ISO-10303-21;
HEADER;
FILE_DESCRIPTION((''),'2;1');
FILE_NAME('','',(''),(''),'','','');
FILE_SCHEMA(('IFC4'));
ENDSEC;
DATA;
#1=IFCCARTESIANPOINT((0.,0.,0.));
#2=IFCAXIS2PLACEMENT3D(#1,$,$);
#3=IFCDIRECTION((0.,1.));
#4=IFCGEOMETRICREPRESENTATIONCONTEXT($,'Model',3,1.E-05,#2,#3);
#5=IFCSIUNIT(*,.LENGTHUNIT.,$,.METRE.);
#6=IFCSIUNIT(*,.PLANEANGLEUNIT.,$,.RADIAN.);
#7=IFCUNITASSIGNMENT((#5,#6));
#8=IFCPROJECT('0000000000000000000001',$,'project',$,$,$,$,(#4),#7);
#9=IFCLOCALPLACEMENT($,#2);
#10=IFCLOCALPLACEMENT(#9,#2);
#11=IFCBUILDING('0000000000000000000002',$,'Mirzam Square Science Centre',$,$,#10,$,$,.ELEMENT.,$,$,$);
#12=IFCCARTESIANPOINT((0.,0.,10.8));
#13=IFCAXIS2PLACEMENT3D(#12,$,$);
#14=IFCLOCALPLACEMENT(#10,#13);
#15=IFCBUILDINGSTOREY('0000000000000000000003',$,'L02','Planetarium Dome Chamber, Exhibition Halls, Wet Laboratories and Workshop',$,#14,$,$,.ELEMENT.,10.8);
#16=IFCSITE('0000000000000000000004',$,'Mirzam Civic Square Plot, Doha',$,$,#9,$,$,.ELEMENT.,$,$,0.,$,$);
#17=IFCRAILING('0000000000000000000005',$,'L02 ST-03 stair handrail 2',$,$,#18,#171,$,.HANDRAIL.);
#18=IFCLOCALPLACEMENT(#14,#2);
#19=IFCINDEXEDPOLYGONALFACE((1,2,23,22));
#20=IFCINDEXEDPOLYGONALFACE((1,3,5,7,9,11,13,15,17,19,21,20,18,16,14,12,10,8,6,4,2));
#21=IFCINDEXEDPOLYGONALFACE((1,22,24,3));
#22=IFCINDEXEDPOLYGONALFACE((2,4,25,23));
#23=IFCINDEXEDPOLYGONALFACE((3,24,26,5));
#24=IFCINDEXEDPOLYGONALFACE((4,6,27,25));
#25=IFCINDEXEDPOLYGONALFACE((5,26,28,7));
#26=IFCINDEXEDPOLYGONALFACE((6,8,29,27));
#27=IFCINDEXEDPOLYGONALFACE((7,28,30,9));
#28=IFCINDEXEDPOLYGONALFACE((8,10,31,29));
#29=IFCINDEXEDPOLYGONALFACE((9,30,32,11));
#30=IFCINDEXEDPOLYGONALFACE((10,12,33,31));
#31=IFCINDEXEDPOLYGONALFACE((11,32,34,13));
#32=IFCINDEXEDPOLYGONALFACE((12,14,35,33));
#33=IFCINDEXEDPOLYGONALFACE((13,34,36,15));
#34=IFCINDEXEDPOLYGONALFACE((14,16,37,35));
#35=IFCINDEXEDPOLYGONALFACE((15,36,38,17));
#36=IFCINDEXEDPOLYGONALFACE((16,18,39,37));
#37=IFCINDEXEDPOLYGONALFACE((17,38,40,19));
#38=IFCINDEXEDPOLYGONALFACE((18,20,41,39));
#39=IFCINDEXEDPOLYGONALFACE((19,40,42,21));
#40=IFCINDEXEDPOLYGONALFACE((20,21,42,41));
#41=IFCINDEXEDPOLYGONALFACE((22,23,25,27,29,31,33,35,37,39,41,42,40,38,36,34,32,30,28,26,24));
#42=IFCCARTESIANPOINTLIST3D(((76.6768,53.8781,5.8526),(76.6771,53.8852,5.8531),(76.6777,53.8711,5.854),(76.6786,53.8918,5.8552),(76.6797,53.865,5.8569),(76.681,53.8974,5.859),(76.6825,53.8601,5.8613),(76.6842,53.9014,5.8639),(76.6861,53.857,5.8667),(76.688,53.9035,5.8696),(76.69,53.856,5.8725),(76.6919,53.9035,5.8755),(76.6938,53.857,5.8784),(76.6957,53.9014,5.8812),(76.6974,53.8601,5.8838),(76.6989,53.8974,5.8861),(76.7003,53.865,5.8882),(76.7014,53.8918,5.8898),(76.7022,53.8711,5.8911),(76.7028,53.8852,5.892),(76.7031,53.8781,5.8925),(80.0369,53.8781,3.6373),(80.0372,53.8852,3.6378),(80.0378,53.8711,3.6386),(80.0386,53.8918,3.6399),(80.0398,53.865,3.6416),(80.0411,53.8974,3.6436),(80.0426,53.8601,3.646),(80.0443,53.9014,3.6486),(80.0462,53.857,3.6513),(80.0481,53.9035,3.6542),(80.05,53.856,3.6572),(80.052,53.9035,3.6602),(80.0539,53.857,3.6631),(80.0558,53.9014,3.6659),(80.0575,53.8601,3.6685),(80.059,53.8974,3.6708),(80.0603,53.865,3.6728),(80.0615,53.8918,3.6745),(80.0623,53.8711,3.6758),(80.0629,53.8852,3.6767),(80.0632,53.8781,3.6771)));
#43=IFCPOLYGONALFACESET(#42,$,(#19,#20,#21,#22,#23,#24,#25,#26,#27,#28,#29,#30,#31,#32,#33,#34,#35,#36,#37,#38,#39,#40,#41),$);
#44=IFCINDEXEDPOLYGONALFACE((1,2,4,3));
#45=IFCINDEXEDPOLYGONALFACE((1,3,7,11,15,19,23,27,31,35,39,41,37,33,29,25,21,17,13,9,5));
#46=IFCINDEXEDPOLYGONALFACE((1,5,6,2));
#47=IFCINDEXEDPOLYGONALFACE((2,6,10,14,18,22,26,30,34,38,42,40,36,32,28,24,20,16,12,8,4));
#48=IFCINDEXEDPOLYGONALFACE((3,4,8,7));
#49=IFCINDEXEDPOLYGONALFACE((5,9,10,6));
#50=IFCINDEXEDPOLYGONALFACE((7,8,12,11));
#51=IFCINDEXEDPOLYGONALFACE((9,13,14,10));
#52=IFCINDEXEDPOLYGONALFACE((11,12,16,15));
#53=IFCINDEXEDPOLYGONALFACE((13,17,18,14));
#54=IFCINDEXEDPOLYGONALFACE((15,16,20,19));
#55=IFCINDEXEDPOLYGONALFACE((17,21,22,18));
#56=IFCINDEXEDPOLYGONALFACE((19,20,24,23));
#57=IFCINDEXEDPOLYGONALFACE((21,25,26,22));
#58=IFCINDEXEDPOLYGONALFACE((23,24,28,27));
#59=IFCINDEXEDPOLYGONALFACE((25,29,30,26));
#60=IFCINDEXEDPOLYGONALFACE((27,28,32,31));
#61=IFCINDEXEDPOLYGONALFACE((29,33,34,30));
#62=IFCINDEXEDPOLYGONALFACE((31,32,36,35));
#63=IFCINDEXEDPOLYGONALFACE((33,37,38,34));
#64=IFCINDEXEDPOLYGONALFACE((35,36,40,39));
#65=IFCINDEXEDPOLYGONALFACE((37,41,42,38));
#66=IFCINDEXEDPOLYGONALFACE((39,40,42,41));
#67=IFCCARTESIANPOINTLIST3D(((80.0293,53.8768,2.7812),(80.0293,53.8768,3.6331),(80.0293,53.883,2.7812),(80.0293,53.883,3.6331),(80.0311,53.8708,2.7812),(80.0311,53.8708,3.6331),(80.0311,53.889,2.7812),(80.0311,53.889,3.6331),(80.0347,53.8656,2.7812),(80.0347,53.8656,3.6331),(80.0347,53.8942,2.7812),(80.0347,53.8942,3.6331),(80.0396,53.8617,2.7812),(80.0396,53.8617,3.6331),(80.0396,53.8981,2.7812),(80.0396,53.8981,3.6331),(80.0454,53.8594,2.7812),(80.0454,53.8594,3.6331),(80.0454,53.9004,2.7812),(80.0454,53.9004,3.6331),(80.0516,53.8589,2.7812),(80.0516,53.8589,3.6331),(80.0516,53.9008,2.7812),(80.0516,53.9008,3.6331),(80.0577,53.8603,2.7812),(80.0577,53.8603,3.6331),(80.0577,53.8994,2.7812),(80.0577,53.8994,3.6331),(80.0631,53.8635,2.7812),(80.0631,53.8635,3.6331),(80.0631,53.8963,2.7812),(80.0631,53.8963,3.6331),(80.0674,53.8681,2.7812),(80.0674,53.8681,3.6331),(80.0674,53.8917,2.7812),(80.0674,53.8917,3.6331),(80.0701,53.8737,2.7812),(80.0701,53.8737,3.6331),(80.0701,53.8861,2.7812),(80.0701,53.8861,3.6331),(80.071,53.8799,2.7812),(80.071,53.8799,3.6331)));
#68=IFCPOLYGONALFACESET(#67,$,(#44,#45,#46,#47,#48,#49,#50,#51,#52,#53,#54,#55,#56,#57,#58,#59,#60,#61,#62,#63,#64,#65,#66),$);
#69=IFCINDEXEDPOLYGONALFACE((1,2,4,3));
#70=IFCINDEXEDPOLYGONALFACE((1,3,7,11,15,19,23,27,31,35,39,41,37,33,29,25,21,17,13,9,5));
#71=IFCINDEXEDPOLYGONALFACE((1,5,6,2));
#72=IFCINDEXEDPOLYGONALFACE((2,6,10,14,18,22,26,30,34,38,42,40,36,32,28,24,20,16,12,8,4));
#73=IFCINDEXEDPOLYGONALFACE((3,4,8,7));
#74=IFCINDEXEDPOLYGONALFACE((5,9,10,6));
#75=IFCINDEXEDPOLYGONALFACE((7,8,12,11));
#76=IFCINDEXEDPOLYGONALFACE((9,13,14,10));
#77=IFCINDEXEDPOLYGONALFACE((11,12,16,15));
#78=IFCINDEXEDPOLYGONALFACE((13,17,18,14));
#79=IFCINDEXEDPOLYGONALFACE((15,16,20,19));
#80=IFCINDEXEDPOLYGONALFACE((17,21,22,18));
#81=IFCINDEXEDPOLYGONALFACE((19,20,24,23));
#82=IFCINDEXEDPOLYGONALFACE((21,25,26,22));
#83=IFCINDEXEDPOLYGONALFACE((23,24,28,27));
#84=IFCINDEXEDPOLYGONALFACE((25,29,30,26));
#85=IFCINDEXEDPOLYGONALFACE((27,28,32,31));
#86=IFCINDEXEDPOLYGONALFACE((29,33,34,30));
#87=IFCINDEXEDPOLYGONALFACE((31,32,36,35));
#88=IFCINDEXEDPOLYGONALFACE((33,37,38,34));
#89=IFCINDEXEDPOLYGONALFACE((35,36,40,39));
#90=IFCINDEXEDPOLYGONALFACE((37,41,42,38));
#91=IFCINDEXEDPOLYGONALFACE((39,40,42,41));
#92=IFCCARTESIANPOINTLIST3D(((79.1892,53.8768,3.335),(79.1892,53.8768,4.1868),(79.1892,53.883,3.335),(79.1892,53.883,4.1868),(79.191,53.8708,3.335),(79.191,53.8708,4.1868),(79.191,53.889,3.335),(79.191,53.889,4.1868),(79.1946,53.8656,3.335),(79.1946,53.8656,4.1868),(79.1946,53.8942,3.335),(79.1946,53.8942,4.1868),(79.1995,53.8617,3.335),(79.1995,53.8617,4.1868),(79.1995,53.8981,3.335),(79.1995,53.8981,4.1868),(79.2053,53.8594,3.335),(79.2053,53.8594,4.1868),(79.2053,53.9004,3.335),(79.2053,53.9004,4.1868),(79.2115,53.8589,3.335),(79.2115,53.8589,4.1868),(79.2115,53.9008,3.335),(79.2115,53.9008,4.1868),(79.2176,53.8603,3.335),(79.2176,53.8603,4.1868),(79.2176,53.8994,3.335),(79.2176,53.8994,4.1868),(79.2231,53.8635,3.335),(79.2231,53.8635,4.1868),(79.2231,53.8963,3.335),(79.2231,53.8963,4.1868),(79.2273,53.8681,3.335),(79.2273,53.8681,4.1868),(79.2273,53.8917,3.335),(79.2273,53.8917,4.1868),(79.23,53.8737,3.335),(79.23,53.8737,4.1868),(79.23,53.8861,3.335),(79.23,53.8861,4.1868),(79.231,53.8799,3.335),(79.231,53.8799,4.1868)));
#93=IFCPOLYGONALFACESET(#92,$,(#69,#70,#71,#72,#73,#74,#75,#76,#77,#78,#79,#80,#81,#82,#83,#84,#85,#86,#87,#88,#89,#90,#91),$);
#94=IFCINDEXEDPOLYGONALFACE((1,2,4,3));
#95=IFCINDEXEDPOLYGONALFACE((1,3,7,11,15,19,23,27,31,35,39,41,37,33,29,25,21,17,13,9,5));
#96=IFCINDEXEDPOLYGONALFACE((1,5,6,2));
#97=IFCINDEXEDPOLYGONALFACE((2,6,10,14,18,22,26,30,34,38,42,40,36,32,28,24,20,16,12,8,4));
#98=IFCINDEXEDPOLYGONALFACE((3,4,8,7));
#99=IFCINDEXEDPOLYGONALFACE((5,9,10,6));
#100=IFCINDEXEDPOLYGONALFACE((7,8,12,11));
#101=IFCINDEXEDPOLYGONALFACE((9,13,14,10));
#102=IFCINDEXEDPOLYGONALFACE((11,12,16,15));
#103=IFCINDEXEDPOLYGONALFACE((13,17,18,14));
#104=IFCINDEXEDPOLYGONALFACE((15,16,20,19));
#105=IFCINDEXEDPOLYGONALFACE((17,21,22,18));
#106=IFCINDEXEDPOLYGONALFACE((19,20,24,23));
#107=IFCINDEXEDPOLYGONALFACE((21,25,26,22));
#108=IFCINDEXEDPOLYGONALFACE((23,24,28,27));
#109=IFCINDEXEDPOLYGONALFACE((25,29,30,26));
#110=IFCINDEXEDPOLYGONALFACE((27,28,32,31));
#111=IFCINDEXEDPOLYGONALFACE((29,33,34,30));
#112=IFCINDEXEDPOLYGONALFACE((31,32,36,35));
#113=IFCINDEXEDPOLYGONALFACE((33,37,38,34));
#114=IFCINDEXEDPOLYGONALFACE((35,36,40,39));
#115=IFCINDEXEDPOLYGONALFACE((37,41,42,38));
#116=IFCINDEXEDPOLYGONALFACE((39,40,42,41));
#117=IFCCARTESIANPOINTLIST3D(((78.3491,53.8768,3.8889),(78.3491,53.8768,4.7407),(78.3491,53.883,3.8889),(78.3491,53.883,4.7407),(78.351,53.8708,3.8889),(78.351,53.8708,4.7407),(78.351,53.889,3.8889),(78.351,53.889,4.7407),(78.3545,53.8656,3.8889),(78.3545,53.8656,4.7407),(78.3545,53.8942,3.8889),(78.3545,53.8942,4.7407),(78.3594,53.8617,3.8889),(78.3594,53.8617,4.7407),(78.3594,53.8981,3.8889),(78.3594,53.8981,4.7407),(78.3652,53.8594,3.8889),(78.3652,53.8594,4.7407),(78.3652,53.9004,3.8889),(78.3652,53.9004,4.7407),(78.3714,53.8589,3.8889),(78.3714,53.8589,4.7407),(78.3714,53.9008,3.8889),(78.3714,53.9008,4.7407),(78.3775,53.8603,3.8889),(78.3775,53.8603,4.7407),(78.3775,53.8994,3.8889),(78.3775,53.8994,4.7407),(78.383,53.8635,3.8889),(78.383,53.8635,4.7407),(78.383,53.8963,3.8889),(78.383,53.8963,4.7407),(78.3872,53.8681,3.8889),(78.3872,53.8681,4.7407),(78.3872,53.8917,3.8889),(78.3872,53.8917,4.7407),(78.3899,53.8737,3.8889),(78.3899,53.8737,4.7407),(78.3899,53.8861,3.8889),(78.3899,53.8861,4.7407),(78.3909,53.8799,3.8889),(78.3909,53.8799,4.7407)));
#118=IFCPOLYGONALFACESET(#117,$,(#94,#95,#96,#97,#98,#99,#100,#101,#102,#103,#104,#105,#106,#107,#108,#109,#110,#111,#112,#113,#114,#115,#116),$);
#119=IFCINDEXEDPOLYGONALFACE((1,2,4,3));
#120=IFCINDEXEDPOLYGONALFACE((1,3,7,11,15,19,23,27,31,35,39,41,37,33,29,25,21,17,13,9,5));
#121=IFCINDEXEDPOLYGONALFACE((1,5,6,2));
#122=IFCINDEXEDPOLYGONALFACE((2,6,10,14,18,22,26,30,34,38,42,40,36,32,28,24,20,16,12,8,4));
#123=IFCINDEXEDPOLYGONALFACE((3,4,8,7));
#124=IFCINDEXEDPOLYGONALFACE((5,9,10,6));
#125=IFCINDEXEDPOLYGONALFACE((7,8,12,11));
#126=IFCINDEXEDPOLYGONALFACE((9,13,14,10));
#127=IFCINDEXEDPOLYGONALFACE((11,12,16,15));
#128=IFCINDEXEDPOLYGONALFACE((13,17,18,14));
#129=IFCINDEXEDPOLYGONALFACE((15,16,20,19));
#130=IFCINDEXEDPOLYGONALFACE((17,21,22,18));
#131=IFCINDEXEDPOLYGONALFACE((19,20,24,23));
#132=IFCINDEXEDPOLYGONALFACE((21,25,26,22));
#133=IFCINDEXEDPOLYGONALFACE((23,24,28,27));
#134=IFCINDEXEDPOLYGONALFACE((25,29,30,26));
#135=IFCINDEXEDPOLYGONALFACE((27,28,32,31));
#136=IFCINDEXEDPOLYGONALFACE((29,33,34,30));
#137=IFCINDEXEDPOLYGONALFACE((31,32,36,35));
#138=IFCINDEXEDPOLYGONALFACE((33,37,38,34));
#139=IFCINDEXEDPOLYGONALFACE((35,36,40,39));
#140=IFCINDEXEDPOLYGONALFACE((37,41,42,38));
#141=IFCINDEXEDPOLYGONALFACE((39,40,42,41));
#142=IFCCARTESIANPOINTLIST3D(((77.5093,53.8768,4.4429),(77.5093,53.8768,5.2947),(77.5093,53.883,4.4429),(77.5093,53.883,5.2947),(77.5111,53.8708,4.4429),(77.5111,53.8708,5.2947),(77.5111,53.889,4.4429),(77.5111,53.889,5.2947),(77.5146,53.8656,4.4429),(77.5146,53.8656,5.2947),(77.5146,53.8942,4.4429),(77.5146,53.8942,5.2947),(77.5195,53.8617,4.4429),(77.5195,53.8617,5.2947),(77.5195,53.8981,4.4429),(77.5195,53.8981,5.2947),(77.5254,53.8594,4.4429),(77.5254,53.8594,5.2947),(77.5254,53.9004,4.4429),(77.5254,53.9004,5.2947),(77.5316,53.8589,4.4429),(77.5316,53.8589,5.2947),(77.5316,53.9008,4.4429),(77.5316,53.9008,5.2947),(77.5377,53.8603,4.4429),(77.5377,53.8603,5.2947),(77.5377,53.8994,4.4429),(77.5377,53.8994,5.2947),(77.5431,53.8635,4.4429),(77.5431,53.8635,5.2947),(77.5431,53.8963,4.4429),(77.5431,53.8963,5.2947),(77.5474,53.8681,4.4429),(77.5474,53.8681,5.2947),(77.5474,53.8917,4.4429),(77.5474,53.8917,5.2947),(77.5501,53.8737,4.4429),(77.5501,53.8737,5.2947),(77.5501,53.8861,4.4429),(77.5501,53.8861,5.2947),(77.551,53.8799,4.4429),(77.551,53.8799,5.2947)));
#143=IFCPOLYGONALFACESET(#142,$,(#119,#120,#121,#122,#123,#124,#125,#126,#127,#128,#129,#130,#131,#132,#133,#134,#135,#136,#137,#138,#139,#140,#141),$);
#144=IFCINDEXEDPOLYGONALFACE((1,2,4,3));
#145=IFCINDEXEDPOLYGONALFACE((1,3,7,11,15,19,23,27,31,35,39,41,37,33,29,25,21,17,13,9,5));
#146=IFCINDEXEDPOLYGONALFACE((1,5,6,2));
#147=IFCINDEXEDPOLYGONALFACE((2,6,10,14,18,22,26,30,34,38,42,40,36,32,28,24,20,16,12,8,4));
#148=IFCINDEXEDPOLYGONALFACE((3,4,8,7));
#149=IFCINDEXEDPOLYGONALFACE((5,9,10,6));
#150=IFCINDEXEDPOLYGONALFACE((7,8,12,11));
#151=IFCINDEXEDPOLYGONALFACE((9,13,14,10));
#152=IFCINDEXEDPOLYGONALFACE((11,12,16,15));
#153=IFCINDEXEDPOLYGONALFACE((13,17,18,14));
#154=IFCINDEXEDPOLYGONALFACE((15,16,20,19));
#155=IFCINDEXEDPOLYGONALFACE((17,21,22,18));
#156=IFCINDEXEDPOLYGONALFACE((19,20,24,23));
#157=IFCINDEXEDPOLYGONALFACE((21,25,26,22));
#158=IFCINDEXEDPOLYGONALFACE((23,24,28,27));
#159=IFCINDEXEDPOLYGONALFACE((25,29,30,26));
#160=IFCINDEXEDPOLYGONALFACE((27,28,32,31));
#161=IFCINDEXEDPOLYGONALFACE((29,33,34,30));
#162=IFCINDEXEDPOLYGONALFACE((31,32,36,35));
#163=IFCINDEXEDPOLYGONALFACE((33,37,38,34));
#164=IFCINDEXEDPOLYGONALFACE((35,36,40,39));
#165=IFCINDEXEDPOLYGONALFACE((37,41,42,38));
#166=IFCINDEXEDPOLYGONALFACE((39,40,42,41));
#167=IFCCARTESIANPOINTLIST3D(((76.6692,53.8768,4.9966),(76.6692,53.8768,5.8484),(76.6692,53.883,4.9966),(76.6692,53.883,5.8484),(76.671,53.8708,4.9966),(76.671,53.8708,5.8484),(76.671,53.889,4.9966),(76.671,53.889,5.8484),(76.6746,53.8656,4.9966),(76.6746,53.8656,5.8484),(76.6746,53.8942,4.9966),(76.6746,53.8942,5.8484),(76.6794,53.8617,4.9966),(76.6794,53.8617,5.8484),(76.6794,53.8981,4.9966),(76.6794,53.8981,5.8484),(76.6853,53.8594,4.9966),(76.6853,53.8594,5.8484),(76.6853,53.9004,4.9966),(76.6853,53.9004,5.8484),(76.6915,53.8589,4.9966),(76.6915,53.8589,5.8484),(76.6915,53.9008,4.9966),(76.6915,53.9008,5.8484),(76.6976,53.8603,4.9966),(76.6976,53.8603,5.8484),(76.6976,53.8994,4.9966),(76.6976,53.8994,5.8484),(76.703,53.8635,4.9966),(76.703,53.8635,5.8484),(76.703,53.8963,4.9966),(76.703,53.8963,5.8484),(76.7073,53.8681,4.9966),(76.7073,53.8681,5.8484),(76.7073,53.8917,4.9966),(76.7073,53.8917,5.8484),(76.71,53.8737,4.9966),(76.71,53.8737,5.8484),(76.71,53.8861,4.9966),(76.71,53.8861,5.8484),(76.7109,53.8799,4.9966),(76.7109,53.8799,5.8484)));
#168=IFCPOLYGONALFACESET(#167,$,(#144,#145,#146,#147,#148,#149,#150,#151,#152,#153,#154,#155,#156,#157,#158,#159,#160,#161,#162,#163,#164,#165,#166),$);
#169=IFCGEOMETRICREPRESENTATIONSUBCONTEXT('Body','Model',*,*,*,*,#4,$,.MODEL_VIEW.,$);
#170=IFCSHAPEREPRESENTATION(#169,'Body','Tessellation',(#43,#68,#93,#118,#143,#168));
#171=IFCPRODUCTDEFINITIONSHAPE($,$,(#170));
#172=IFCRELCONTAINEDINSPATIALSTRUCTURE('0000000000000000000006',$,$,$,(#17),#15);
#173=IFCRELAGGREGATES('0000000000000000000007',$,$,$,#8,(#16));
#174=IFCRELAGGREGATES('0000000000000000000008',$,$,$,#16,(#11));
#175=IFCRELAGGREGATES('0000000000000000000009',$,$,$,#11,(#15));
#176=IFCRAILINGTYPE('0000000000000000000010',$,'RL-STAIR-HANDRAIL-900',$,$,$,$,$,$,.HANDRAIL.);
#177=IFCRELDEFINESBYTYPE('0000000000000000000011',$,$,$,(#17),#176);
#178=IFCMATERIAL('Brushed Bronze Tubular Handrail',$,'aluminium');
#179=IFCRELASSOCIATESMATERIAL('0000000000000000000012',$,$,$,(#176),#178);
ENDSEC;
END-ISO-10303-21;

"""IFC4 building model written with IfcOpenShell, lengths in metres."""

from ifc_helpers import new_model, si_unit, direction, frame, origin, origin_2d, place, context, subcontext, project, spatial, circle, extrude, material, type_object, element, save


model = new_model("IFC4")

# Units and contexts
model_context = context("Model", 3, precision=1e-05, world=origin(), true_north=direction((0.0, 1.0)))
body_context = subcontext(model_context, "Body", "Model", "MODEL_VIEW")
ifc_project = project(units=[si_unit("LENGTHUNIT", "METRE"), si_unit("PLANEANGLEUNIT", "RADIAN")], contexts=[model_context])

# Site, building, storey
site_placement = place(None, origin())
site = spatial("IfcSite", under=ifc_project, at=site_placement, Name="Mirzam Civic Square Plot, Doha", CompositionType="ELEMENT", RefElevation=0.0)
building_placement = place(site_placement, origin())
building = spatial("IfcBuilding", under=site, at=building_placement, Name="Mirzam Square Science Centre", CompositionType="ELEMENT")
storey_placement = place(building_placement, frame((0.0, 0.0, 10.8)))
storey = spatial("IfcBuildingStorey", under=building, at=storey_placement, Name="L02", Description="Planetarium Dome Chamber, Exhibition Halls, Wet Laboratories and Workshop", CompositionType="ELEMENT", Elevation=10.8)

# Railing
ifc_material_1 = material(Name="Brushed Bronze Tubular Handrail", Category="aluminium")
railing_type_1 = type_object("IfcRailingType", Name="RL-STAIR-HANDRAIL-900", PredefinedType="HANDRAIL", material=ifc_material_1)
railing_1_placement = place(storey_placement, frame((80.05, 53.8799, 2.7812)))
element("IfcRailing", 1, at=railing_1_placement, inside=storey, type_object=railing_type_1, Name="L02 ST-03 stair handrail 2", PredefinedType="HANDRAIL", context=body_context, shape_type="SweptSolid", body=[
    extrude(circle(Radius=0.0239, at=origin_2d()), frame((0.0, 0.0, 0.876), z_axis=(-0.834876, 0.0, 0.550437), x_axis=(0.0, -1.0, 0.0)), (0.0, 0.0, 1.0), 4.0247),
    extrude(circle(Radius=0.021, at=origin_2d()), origin(), (0.0, 0.0, 1.0), 0.8518),
    extrude(circle(Radius=0.021, at=origin_2d()), frame((-0.8401, 0.0, 0.5537)), (0.0, 0.0, 1.0), 0.8518),
    extrude(circle(Radius=0.021, at=origin_2d()), frame((-1.6802, 0.0, 1.1077)), (0.0, 0.0, 1.0), 0.8518),
    extrude(circle(Radius=0.021, at=origin_2d()), frame((-2.52, 0.0, 1.6616)), (0.0, 0.0, 1.0), 0.8518),
    extrude(circle(Radius=0.021, at=origin_2d()), frame((-3.3601, 0.0, 2.2153)), (0.0, 0.0, 1.0), 0.8518),
])

save(model, "model.ifc")
